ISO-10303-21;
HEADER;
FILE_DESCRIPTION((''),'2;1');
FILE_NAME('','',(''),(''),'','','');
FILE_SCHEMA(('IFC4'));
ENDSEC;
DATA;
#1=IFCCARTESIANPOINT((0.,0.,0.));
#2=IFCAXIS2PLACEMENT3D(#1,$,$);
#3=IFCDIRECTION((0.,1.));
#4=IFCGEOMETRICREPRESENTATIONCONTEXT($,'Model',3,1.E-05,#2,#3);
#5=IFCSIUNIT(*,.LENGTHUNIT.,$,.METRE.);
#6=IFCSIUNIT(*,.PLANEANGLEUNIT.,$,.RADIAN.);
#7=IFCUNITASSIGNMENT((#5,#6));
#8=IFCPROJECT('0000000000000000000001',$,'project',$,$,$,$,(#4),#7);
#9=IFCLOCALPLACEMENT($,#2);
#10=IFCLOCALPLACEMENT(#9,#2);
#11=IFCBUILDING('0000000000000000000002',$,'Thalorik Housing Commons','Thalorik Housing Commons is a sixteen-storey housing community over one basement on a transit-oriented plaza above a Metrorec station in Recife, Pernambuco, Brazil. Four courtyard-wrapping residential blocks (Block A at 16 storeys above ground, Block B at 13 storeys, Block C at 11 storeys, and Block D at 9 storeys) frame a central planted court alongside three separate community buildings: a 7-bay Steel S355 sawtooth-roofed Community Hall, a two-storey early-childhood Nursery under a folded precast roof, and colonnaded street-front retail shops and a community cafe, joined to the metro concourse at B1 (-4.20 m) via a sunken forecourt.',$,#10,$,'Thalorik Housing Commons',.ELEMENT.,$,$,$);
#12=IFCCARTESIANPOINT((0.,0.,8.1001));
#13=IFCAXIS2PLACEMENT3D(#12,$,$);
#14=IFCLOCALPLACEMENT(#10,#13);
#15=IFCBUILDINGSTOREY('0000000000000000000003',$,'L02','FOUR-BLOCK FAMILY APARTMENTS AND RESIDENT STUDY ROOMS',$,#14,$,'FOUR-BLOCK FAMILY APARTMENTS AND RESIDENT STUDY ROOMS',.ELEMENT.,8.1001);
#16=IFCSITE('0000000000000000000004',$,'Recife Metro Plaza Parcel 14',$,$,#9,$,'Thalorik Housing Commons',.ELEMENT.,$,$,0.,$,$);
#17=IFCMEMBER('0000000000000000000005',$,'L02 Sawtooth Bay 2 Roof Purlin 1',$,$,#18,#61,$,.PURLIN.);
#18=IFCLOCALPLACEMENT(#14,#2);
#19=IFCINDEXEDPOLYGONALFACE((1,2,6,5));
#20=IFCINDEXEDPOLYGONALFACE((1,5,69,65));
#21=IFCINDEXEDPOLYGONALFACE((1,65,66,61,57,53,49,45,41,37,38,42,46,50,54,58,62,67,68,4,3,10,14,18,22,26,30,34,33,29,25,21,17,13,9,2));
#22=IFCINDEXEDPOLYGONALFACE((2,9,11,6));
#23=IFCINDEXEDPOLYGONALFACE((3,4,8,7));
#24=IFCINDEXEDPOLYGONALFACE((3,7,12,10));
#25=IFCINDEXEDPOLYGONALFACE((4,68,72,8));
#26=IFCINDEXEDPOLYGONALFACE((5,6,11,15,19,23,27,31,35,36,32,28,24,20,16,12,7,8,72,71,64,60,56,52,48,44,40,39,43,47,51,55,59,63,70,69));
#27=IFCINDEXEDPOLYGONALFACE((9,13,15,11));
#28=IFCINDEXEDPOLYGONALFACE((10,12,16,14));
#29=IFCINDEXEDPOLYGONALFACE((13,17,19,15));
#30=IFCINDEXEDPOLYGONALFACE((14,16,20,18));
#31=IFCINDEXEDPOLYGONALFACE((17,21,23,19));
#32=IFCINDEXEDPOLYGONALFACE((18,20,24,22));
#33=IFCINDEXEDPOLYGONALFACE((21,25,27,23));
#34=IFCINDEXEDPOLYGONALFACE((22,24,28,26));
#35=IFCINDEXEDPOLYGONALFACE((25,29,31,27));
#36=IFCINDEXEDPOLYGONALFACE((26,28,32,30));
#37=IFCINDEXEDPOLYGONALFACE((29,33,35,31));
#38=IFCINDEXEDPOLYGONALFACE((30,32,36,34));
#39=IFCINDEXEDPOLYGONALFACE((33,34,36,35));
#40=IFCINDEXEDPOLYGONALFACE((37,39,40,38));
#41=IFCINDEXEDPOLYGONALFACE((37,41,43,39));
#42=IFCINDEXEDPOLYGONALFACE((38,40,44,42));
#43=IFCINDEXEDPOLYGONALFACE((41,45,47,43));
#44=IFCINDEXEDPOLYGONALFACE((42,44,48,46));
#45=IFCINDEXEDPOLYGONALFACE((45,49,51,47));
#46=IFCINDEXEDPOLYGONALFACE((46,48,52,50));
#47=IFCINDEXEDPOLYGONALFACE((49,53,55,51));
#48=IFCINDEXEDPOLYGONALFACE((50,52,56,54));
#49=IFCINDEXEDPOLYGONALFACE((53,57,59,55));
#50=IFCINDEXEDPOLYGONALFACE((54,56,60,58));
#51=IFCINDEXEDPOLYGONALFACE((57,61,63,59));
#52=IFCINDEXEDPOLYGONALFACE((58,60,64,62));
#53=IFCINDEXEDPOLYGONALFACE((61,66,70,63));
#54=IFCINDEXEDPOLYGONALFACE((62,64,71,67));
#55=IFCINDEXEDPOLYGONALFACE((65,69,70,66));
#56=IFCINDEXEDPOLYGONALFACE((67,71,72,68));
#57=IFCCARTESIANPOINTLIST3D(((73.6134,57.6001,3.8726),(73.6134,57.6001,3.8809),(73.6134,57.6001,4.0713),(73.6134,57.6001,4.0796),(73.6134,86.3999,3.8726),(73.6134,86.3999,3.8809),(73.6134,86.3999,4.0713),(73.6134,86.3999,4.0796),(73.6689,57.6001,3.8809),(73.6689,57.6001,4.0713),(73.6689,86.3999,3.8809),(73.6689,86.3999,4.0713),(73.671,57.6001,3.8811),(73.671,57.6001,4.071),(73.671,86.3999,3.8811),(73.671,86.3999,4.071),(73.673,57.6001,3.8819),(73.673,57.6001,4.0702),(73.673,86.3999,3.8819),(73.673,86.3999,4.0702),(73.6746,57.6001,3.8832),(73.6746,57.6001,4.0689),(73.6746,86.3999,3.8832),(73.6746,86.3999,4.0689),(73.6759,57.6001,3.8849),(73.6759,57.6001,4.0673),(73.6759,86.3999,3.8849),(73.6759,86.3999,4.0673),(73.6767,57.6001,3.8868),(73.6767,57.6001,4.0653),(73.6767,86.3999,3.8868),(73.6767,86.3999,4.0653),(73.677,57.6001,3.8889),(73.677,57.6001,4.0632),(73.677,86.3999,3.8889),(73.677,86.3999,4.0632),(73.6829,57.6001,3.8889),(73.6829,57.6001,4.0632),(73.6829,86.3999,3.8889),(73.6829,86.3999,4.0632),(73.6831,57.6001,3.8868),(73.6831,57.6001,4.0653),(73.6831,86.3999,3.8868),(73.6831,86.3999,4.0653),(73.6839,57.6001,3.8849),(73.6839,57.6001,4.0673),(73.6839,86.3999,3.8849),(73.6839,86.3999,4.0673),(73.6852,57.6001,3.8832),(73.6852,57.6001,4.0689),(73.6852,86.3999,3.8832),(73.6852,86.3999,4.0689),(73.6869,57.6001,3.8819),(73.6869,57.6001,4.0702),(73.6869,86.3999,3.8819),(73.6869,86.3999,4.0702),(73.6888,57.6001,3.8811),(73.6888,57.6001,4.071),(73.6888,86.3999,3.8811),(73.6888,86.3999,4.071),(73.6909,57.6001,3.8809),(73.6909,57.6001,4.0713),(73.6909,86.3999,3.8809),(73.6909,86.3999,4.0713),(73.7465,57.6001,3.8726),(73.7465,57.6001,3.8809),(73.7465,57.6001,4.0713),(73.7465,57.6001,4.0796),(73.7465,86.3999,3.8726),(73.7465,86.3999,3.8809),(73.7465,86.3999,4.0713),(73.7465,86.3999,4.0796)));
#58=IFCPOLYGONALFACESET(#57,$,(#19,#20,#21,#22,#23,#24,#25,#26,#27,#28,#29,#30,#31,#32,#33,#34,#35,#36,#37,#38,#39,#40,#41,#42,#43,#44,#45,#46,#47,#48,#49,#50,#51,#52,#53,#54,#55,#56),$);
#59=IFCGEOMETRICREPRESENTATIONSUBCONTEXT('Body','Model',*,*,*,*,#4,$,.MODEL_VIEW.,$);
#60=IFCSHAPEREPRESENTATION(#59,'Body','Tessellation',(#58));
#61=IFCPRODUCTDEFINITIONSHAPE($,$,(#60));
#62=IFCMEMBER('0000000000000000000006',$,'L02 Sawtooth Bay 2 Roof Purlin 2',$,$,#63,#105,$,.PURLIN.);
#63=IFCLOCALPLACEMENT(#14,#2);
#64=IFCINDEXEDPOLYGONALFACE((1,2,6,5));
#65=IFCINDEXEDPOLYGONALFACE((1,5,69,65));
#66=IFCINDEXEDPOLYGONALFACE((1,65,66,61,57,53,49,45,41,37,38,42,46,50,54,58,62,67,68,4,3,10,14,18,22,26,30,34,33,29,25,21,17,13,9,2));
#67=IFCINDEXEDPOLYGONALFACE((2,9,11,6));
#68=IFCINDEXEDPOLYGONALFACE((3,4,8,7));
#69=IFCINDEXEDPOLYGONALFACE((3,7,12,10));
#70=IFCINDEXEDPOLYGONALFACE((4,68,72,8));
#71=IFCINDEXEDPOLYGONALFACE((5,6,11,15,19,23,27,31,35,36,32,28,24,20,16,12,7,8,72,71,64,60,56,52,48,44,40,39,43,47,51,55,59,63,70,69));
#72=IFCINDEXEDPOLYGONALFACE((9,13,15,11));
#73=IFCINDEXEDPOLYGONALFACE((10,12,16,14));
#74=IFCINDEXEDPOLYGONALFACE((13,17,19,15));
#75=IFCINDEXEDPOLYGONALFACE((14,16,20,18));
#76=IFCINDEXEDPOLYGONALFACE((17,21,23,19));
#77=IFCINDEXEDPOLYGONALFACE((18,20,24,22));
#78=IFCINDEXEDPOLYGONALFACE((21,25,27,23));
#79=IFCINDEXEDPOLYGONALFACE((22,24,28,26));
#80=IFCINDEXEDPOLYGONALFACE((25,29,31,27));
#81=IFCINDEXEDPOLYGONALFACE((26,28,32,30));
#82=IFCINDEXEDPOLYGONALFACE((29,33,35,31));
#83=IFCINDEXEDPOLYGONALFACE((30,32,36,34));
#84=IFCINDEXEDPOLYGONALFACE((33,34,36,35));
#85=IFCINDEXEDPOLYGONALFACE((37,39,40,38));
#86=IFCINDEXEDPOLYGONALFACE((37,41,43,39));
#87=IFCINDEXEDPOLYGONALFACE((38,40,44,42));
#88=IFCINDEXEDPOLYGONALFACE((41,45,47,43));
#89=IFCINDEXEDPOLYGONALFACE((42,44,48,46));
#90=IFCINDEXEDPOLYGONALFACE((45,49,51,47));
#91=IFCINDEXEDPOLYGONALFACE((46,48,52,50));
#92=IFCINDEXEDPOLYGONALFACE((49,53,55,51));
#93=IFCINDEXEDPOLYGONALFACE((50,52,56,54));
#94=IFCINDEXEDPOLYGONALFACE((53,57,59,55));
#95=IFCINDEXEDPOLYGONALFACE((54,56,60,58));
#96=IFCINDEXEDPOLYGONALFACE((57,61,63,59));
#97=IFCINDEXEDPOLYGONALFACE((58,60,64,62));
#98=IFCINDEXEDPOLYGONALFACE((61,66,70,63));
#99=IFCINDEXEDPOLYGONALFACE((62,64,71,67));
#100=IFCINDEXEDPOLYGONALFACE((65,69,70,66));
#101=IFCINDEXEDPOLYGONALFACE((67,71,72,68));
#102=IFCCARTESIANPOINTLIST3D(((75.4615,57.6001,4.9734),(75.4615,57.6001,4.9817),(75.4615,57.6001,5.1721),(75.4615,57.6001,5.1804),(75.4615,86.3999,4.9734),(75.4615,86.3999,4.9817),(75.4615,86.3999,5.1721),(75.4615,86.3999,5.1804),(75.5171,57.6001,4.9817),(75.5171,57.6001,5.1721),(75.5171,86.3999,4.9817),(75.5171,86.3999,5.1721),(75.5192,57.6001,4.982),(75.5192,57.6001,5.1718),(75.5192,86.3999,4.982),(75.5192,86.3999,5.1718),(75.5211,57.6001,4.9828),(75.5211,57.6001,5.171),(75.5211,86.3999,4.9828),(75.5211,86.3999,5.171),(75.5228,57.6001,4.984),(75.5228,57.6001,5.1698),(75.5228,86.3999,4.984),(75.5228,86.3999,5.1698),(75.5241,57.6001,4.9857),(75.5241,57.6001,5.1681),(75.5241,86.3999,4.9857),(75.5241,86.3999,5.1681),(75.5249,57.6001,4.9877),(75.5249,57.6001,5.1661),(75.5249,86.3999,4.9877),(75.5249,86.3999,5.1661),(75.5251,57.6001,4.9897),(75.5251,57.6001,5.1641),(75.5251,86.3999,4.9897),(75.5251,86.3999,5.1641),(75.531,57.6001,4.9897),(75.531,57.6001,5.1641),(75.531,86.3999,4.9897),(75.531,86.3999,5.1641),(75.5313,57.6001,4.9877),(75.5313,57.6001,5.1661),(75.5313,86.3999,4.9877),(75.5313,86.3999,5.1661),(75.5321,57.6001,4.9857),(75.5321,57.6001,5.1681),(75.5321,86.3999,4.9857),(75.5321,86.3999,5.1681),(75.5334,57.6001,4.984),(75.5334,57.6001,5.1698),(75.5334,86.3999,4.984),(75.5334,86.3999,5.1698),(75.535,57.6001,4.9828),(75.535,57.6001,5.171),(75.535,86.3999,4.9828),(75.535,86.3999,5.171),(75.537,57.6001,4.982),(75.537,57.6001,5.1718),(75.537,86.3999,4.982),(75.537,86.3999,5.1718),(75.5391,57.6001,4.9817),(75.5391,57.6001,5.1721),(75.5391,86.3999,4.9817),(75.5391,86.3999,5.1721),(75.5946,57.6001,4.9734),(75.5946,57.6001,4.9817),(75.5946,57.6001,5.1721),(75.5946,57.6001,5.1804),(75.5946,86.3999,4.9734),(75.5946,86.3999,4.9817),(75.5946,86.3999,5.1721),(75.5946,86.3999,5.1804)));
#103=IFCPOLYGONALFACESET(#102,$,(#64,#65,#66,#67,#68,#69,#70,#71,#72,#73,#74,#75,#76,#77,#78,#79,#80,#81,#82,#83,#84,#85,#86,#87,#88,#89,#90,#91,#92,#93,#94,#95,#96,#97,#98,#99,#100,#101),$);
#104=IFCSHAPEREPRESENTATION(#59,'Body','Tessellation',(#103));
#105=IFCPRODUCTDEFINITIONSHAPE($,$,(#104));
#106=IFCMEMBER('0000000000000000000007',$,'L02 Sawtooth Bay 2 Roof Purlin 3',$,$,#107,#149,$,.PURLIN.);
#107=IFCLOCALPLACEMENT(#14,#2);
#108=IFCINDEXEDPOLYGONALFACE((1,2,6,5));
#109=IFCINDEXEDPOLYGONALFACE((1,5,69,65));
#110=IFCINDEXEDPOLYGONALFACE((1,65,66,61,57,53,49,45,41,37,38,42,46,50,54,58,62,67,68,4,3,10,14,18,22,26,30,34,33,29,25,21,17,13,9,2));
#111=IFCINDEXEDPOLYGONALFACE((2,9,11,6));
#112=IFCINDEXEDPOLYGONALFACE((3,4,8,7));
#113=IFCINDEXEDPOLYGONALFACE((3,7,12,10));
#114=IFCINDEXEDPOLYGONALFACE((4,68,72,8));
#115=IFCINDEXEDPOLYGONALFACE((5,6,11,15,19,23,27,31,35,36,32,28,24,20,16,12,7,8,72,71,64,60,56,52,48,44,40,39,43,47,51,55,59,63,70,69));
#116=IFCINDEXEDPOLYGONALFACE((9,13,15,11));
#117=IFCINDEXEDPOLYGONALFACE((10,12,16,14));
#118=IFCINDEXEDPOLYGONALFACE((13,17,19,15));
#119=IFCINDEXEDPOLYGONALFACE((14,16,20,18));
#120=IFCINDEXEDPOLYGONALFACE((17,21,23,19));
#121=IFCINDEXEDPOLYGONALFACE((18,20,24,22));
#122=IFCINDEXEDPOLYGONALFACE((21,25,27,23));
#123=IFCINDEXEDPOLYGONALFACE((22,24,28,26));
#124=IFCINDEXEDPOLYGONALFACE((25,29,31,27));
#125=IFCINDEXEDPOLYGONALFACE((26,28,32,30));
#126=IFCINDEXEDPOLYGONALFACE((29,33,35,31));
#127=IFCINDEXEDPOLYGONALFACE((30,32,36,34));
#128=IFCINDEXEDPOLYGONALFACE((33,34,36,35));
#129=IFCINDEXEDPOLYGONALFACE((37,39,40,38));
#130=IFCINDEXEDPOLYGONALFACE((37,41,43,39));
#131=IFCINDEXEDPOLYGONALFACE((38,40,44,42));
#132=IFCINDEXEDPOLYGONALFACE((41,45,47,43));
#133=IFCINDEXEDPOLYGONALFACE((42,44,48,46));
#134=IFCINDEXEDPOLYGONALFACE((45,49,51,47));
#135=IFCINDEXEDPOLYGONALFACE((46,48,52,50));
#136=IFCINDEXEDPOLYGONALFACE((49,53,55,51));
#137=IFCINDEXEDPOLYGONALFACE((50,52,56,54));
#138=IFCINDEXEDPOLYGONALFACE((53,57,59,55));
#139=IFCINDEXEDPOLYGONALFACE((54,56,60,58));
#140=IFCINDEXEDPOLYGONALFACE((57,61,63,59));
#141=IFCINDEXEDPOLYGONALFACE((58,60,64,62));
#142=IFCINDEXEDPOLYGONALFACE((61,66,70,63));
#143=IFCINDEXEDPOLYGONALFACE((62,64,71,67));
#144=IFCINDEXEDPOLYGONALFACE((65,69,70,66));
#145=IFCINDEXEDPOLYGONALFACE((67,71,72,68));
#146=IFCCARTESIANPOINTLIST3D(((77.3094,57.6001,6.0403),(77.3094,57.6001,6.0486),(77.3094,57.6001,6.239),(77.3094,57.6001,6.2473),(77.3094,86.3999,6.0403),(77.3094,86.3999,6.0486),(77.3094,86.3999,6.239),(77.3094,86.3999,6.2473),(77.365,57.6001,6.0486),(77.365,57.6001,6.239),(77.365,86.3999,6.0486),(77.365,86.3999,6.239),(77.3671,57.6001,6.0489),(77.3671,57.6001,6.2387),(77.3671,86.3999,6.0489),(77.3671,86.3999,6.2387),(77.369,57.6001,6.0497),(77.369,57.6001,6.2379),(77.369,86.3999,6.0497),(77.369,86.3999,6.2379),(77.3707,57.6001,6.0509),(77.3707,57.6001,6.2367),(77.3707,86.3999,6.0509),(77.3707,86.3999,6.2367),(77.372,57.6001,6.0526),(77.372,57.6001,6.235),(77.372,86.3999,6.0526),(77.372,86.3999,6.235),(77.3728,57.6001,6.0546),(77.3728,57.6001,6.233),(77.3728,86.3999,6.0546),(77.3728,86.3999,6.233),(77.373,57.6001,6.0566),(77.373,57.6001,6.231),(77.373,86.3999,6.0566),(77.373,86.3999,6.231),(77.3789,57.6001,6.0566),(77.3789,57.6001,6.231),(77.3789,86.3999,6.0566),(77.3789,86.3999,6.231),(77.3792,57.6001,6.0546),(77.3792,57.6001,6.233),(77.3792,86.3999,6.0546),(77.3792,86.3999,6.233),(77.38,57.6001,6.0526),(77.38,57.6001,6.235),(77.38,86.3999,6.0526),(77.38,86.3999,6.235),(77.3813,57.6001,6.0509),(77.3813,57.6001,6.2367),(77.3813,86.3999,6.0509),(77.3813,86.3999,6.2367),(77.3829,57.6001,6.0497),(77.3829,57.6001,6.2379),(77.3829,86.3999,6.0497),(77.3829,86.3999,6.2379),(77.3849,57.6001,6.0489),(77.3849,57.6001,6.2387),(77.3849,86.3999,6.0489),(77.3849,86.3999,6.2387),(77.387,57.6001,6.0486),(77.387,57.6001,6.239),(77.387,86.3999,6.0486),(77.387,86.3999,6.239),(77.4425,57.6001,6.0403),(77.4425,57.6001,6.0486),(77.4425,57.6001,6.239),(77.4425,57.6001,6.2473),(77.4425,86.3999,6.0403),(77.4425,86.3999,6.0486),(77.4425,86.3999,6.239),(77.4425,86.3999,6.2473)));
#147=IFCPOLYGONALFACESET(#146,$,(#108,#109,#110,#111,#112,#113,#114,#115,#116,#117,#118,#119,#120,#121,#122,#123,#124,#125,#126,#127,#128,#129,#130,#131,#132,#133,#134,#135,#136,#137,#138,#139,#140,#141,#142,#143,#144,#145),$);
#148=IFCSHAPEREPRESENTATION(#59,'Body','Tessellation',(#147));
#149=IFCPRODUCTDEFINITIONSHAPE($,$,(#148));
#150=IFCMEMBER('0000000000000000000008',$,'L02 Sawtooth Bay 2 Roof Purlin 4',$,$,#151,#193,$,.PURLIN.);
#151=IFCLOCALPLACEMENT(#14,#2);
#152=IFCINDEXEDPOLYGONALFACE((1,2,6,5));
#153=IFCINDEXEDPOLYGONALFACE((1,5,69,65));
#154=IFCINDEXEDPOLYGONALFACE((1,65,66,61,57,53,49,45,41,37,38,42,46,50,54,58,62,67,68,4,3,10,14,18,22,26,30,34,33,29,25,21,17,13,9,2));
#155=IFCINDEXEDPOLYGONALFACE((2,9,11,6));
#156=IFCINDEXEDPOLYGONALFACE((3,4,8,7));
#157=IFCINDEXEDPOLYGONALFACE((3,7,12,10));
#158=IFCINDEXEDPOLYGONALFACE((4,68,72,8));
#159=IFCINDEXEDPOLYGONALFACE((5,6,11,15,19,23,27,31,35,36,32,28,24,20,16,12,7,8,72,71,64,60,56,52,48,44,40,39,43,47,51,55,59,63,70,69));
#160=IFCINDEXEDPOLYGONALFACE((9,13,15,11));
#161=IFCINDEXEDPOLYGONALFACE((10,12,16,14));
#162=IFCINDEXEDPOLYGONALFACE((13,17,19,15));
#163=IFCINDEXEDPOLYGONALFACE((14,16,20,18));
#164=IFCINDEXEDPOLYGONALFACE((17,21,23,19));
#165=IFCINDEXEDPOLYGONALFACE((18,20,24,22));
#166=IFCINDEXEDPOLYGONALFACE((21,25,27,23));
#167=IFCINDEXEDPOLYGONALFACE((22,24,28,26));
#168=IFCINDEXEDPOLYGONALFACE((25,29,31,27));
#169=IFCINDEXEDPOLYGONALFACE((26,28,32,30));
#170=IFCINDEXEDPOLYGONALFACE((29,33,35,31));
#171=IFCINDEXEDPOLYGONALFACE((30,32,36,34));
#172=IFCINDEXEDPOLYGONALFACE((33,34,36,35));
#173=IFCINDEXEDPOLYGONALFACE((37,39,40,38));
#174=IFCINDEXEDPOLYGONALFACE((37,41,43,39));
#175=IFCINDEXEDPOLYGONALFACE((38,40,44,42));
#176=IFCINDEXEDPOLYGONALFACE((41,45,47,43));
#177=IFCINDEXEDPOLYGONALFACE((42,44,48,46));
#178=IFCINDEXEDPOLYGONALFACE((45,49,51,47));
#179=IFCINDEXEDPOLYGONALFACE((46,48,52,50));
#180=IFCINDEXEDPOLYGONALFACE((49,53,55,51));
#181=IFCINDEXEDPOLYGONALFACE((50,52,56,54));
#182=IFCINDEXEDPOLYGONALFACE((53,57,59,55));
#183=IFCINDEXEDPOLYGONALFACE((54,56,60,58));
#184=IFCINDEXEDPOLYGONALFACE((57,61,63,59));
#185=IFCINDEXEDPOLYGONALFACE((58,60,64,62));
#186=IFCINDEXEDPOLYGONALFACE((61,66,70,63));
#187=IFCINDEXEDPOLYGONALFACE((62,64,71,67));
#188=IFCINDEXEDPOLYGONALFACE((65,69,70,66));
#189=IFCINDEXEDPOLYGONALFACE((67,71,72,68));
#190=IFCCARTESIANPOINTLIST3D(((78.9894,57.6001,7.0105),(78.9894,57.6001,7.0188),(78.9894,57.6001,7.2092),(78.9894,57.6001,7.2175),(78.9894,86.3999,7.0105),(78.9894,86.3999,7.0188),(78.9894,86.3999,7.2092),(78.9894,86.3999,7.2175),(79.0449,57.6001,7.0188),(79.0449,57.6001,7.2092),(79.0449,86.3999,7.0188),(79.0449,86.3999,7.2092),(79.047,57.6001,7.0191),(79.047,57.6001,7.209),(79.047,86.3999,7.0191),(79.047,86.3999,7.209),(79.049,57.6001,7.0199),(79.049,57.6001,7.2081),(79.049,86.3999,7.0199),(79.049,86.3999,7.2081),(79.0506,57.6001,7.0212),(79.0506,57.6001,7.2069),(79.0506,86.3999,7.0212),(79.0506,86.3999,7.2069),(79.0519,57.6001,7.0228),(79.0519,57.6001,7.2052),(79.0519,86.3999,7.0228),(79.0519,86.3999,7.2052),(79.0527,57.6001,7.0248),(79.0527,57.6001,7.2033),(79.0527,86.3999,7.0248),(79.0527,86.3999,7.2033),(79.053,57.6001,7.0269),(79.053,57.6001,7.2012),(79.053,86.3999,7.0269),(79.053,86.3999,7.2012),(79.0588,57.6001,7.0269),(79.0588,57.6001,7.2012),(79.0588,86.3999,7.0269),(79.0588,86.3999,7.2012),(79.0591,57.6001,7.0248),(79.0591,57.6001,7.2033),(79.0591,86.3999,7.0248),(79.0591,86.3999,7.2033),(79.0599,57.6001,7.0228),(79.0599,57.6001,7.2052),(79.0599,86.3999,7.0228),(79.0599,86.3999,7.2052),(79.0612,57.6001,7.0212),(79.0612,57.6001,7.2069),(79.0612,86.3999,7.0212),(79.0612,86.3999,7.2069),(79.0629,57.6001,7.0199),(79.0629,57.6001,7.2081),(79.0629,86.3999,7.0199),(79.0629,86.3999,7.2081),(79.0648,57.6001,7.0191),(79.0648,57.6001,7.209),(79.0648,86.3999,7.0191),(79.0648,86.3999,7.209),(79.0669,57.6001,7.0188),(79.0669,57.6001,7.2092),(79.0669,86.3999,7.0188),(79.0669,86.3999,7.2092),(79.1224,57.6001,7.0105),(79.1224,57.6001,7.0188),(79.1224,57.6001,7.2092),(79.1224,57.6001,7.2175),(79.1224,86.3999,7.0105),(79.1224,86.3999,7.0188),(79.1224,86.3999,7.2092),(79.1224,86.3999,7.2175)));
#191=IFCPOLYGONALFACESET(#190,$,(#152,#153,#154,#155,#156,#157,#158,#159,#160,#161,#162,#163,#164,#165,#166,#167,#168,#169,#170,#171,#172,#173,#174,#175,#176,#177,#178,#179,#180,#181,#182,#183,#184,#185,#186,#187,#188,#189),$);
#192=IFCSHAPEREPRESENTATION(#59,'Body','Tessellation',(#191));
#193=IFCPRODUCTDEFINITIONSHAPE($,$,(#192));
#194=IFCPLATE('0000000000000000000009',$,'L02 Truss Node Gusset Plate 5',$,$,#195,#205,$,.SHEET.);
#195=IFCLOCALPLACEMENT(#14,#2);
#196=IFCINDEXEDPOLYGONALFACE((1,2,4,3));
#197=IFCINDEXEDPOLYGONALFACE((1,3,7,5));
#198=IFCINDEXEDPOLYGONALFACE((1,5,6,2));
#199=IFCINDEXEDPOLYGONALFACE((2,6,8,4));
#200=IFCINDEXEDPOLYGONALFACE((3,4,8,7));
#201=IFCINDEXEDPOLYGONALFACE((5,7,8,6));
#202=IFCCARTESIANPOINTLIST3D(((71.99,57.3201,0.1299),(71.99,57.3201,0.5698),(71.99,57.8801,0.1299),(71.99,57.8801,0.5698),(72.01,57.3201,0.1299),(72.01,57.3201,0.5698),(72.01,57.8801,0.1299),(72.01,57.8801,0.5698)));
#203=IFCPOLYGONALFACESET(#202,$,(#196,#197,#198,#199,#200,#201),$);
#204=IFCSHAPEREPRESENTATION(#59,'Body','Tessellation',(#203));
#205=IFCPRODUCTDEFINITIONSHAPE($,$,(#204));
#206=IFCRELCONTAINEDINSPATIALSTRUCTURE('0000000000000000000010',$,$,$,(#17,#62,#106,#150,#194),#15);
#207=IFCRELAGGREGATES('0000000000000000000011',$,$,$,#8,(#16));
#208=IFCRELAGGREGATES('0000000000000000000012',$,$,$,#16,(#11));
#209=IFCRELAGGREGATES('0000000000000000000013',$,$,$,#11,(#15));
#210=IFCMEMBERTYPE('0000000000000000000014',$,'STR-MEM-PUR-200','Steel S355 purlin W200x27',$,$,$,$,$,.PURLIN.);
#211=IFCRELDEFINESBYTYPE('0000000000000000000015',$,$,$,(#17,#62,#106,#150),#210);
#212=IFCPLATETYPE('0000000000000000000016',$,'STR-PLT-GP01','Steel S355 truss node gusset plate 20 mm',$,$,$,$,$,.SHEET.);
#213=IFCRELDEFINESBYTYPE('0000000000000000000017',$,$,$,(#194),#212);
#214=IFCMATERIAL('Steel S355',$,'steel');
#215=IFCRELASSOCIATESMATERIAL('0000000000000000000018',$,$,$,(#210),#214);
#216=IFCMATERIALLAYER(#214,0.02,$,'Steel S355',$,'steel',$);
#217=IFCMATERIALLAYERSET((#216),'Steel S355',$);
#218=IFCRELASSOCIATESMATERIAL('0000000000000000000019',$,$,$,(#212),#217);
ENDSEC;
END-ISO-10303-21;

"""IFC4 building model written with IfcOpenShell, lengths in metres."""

from ifc_helpers import new_model, si_unit, direction, frame, origin, origin_2d, place, context, subcontext, project, spatial, rectangle, i_section, extrude, material, layer, layer_set, material_profile, profile_set, type_object, element, save


model = new_model("IFC4")

# Units and contexts
model_context = context("Model", 3, precision=1e-05, world=origin(), true_north=direction((0.0, 1.0)))
body_context = subcontext(model_context, "Body", "Model", "MODEL_VIEW")
ifc_project = project(units=[si_unit("LENGTHUNIT", "METRE"), si_unit("PLANEANGLEUNIT", "RADIAN")], contexts=[model_context])

# Site, building, storey
site_placement = place(None, origin())
site = spatial("IfcSite", under=ifc_project, at=site_placement, Name="Recife Metro Plaza Parcel 14", LongName="Thalorik Housing Commons", CompositionType="ELEMENT", RefElevation=0.0)
building_placement = place(site_placement, origin())
building = spatial("IfcBuilding", under=site, at=building_placement, Name="Thalorik Housing Commons", Description="Thalorik Housing Commons is a sixteen-storey housing community over one basement on a transit-oriented plaza above a Metrorec station in Recife, Pernambuco, Brazil. Four courtyard-wrapping residential blocks (Block A at 16 storeys above ground, Block B at 13 storeys, Block C at 11 storeys, and Block D at 9 storeys) frame a central planted court alongside three separate community buildings: a 7-bay Steel S355 sawtooth-roofed Community Hall, a two-storey early-childhood Nursery under a folded precast roof, and colonnaded street-front retail shops and a community cafe, joined to the metro concourse at B1 (-4.20 m) via a sunken forecourt.", LongName="Thalorik Housing Commons", CompositionType="ELEMENT")
storey_placement = place(building_placement, frame((0.0, 0.0, 8.1001)))
storey = spatial("IfcBuildingStorey", under=building, at=storey_placement, Name="L02", Description="FOUR-BLOCK FAMILY APARTMENTS AND RESIDENT STUDY ROOMS", LongName="FOUR-BLOCK FAMILY APARTMENTS AND RESIDENT STUDY ROOMS", CompositionType="ELEMENT", Elevation=8.1001)

# Shared definitions
ifc_material_1 = material(Name="Steel S355", Category="steel")

# Members
ifc_material_profile_1 = material_profile(ifc_material_1, i_section(OverallWidth=0.1331, OverallDepth=0.207, WebThickness=0.0059, FlangeThickness=0.0083, FilletRadius=0.0081, at=origin_2d()), Name="W200x27", Category="steel")
ifc_profile_set_1 = profile_set([ifc_material_profile_1], Name="Steel S355")
member_type_1 = type_object("IfcMemberType", Name="STR-MEM-PUR-200", Description="Steel S355 purlin W200x27", PredefinedType="PURLIN", material=ifc_profile_set_1)
for number, where, z_axis, x_axis, name in (
    (1, (73.6799, 57.6001, 3.9761), (0.0, 1.0, 0.0), (-1.0, 0.0, 0.0), "L02 Sawtooth Bay 2 Roof Purlin 1"),
    (2, (75.5281, 57.6001, 5.0769), (0.0, 1.0, 0.0), (-1.0, 0.0, 0.0), "L02 Sawtooth Bay 2 Roof Purlin 2"),
    (3, (77.376, 57.6001, 6.1438), (0.0, 1.0, 0.0), (-1.0, 0.0, 0.0), "L02 Sawtooth Bay 2 Roof Purlin 3"),
    (4, (79.0559, 57.6001, 7.114), (0.0, 1.0, 0.0), (-1.0, 0.0, 0.0), "L02 Sawtooth Bay 2 Roof Purlin 4"),
):
    element("IfcMember", number, at=place(storey_placement, frame(where, z_axis=z_axis, x_axis=x_axis)), inside=storey, type_object=member_type_1, Name=name, PredefinedType="PURLIN", context=body_context, shape_type="SweptSolid", body=[
        extrude(i_section(OverallWidth=0.1331, OverallDepth=0.207, WebThickness=0.0059, FlangeThickness=0.0083, FilletRadius=0.0081, at=origin_2d()), origin(), (0.0, 0.0, 1.0), 28.7998),
    ])

# Plate
ifc_layer_1 = layer(ifc_material_1, 0.02, Name="Steel S355", Category="steel")
ifc_layer_set_1 = layer_set([ifc_layer_1], Name="Steel S355")
plate_type_1 = type_object("IfcPlateType", Name="STR-PLT-GP01", Description="Steel S355 truss node gusset plate 20 mm", PredefinedType="SHEET", material=ifc_layer_set_1)
plate_placement = place(storey_placement, frame((72.0, 57.6001, 0.1299), z_axis=(0.0, 0.0, 1.0), x_axis=(1.0, 0.0, 0.0)))
element("IfcPlate", 5, at=plate_placement, inside=storey, type_object=plate_type_1, Name="L02 Truss Node Gusset Plate 5", PredefinedType="SHEET", context=body_context, shape_type="SweptSolid", body=[
    extrude(rectangle(XDim=0.02, YDim=0.5601, at=origin_2d()), origin(), (0.0, 0.0, 1.0), 0.4399),
])

save(model, "model.ifc")
